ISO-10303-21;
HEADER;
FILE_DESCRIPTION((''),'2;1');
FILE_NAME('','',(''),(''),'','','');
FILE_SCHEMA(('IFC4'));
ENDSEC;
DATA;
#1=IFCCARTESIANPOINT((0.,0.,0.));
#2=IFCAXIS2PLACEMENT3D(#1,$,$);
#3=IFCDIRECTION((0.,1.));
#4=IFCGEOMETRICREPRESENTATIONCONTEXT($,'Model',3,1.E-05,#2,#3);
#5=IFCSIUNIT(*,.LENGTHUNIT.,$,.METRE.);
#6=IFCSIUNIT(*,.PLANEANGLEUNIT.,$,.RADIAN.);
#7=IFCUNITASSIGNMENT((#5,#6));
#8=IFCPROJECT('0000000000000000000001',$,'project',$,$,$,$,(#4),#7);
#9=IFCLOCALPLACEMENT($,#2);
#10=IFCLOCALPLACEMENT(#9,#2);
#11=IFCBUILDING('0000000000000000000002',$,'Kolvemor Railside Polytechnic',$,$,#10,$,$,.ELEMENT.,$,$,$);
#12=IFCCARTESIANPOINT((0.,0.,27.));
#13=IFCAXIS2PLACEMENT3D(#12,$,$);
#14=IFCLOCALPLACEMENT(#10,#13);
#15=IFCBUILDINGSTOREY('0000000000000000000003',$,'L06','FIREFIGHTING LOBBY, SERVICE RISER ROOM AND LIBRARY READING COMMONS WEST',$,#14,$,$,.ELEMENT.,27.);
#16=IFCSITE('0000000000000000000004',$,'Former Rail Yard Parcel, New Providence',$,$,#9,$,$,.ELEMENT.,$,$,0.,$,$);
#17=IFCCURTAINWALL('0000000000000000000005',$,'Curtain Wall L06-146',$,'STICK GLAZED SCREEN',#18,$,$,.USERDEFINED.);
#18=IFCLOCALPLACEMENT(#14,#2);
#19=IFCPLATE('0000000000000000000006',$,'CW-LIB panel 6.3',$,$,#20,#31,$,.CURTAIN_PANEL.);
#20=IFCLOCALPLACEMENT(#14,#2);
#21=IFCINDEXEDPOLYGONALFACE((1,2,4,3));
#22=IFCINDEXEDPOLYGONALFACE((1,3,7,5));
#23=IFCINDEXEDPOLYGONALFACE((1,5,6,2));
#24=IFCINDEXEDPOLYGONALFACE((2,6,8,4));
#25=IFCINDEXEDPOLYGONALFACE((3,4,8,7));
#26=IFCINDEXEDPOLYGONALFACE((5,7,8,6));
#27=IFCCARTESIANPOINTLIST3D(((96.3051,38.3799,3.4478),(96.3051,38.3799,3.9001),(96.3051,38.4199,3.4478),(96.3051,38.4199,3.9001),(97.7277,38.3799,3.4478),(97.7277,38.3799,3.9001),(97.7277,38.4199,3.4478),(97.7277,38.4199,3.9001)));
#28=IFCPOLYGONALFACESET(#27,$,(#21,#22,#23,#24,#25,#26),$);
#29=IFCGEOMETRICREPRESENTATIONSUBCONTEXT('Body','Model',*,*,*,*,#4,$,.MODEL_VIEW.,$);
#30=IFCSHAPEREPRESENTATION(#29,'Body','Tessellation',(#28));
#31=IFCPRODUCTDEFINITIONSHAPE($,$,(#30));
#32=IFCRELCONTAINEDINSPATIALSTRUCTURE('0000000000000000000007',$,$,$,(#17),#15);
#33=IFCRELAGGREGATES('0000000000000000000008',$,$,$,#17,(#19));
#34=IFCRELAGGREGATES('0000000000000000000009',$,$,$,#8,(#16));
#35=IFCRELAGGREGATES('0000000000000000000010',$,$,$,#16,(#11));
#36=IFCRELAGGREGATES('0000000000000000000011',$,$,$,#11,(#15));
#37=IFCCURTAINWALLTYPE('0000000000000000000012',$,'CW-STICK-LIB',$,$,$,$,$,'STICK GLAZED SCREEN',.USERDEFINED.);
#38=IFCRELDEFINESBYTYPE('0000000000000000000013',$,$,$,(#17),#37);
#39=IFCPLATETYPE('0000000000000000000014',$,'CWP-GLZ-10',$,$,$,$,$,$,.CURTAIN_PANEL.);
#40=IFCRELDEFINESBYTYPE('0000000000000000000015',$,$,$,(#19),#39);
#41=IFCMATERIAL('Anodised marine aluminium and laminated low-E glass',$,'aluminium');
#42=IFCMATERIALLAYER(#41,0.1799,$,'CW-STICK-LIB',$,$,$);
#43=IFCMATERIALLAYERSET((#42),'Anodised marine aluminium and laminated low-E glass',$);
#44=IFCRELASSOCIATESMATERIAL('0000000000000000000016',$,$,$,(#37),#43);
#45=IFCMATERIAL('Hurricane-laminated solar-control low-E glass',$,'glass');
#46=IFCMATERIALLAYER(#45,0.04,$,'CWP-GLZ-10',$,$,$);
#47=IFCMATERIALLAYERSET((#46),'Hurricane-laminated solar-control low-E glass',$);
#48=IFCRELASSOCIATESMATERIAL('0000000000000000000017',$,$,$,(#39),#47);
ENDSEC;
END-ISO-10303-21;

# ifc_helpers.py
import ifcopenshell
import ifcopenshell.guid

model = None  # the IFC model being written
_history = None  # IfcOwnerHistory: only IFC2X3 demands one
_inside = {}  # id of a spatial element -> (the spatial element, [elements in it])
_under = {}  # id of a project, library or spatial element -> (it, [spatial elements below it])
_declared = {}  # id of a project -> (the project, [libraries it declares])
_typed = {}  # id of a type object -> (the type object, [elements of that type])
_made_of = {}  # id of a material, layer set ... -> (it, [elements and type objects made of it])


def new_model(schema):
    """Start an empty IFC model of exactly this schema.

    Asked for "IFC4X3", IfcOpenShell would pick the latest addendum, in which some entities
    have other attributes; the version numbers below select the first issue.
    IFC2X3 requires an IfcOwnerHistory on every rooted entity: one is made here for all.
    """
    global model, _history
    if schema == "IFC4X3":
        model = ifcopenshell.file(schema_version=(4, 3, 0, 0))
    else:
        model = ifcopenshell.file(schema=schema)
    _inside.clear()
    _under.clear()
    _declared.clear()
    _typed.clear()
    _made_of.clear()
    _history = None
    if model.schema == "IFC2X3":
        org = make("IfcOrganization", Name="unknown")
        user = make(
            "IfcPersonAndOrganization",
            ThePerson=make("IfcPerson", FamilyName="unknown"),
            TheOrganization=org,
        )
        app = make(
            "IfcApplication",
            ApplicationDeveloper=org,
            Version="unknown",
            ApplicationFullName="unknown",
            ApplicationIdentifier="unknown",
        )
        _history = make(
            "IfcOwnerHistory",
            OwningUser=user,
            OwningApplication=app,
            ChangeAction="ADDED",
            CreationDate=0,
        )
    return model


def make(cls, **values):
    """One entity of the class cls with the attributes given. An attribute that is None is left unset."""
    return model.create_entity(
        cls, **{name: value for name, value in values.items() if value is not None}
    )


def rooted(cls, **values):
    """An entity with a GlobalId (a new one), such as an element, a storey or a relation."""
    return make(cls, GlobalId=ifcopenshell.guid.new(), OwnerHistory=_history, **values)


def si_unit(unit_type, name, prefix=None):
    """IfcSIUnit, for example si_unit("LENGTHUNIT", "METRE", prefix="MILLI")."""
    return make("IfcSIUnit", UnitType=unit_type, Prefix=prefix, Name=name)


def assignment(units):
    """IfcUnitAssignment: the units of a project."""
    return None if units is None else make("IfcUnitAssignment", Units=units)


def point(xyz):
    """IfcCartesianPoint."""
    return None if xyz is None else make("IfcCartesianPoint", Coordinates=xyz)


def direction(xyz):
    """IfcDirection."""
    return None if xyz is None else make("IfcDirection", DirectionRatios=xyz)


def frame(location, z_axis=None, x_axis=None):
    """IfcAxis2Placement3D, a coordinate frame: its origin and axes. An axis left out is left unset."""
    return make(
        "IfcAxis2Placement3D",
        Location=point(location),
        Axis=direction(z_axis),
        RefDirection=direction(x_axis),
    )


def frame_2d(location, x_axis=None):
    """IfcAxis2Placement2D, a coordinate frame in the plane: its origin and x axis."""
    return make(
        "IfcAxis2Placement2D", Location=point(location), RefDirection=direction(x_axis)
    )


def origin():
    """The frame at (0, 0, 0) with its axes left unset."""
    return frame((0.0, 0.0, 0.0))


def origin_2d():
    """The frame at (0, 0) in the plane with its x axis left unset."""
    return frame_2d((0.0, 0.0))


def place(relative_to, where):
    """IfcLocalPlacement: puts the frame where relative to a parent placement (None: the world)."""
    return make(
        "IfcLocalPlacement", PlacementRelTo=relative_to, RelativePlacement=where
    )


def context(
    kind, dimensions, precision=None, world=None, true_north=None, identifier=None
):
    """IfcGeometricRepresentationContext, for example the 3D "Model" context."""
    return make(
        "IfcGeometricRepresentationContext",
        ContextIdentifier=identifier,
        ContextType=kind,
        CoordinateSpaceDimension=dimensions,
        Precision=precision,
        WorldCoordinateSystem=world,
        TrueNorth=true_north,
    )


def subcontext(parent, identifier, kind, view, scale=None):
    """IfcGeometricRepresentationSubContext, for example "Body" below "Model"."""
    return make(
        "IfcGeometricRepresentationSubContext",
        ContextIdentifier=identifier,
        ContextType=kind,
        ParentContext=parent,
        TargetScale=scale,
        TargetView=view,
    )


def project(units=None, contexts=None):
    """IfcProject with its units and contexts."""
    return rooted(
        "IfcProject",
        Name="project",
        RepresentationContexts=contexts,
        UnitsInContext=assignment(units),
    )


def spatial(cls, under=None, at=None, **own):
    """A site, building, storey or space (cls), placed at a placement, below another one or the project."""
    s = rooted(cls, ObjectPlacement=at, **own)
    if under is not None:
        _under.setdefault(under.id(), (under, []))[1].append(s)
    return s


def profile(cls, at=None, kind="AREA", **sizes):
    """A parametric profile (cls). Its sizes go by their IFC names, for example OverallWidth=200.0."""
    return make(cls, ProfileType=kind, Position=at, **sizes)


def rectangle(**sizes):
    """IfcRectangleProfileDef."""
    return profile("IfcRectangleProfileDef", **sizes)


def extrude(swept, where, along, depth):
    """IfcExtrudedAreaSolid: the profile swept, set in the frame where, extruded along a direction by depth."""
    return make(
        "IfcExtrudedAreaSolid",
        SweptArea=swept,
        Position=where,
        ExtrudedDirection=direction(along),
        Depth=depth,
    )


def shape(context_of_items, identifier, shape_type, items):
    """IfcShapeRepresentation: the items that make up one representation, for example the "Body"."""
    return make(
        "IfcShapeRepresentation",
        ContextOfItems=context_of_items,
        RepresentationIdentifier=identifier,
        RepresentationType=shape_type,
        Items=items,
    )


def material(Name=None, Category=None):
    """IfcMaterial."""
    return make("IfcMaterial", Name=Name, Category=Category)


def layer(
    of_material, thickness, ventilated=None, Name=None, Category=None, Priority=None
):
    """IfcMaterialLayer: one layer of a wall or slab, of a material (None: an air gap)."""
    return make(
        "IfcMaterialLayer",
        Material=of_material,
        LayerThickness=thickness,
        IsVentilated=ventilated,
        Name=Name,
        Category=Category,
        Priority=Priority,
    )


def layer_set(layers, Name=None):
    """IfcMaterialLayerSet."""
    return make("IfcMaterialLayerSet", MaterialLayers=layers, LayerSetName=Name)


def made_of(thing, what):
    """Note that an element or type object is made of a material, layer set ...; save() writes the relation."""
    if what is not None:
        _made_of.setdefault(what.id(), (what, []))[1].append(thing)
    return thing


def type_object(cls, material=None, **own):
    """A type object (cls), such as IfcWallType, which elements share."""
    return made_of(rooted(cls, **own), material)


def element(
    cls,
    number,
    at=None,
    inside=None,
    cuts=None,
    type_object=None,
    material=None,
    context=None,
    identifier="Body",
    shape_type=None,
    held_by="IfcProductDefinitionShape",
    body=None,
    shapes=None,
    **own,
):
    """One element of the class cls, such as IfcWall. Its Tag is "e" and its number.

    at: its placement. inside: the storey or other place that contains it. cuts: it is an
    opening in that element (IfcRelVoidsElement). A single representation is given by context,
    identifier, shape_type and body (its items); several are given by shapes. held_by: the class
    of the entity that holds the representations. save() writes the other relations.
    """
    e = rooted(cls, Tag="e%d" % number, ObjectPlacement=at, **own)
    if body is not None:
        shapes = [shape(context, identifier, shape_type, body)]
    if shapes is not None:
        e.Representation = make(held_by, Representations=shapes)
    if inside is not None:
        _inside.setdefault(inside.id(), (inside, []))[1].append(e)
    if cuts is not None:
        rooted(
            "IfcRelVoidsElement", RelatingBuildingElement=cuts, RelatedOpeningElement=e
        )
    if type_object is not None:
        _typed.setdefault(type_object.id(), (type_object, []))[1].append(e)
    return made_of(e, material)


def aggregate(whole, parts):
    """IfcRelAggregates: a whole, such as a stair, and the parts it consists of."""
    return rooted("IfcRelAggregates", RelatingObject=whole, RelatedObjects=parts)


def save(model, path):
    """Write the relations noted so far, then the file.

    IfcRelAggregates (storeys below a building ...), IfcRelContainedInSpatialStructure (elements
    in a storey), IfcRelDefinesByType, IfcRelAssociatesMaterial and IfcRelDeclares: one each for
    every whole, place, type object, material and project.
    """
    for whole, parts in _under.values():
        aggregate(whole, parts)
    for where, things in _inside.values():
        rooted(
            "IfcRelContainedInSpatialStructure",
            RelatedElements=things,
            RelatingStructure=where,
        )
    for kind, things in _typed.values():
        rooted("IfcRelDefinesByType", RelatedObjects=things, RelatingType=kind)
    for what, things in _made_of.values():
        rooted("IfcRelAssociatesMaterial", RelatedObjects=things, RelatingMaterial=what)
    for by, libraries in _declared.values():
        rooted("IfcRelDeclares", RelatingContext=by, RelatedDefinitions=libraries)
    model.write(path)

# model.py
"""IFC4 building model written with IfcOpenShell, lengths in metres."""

from ifc_helpers import new_model, si_unit, direction, frame, origin, origin_2d, place, context, subcontext, project, spatial, rectangle, extrude, material, layer, layer_set, type_object, element, aggregate, save


model = new_model("IFC4")

# Units and contexts
model_context = context("Model", 3, precision=1e-05, world=origin(), true_north=direction((0.0, 1.0)))
body_context = subcontext(model_context, "Body", "Model", "MODEL_VIEW")
ifc_project = project(units=[si_unit("LENGTHUNIT", "METRE"), si_unit("PLANEANGLEUNIT", "RADIAN")], contexts=[model_context])

# Site, building, storey
site_placement = place(None, origin())
site = spatial("IfcSite", under=ifc_project, at=site_placement, Name="Former Rail Yard Parcel, New Providence", CompositionType="ELEMENT", RefElevation=0.0)
building_placement = place(site_placement, origin())
building = spatial("IfcBuilding", under=site, at=building_placement, Name="Kolvemor Railside Polytechnic", CompositionType="ELEMENT")
storey_placement = place(building_placement, frame((0.0, 0.0, 27.0)))
storey = spatial("IfcBuildingStorey", under=building, at=storey_placement, Name="L06", Description="FIREFIGHTING LOBBY, SERVICE RISER ROOM AND LIBRARY READING COMMONS WEST", CompositionType="ELEMENT", Elevation=27.0)

# Curtain wall
ifc_material_1 = material(Name="Anodised marine aluminium and laminated low-E glass", Category="aluminium")
ifc_layer_1 = layer(ifc_material_1, 0.1799, Name="CW-STICK-LIB")
ifc_layer_set_1 = layer_set([ifc_layer_1], Name="Anodised marine aluminium and laminated low-E glass")
curtain_wall_type = type_object("IfcCurtainWallType", Name="CW-STICK-LIB", ElementType="STICK GLAZED SCREEN", PredefinedType="USERDEFINED", material=ifc_layer_set_1)
curtain_wall_placement = place(storey_placement, origin())
curtain_wall = element("IfcCurtainWall", 1, at=curtain_wall_placement, inside=storey, type_object=curtain_wall_type, Name="Curtain Wall L06-146", ObjectType="STICK GLAZED SCREEN", PredefinedType="USERDEFINED")

# Plate
ifc_material_2 = material(Name="Hurricane-laminated solar-control low-E glass", Category="glass")
ifc_layer_2 = layer(ifc_material_2, 0.04, Name="CWP-GLZ-10")
ifc_layer_set_2 = layer_set([ifc_layer_2], Name="Hurricane-laminated solar-control low-E glass")
plate_type = type_object("IfcPlateType", Name="CWP-GLZ-10", PredefinedType="CURTAIN_PANEL", material=ifc_layer_set_2)
plate_1_placement = place(storey_placement, frame((97.0164, 38.3999, 3.4478), z_axis=(0.0, 0.0, 1.0), x_axis=(-1.0, 0.0, 0.0)))
plate_1 = element("IfcPlate", 2, at=plate_1_placement, type_object=plate_type, Name="CW-LIB panel 6.3", PredefinedType="CURTAIN_PANEL", context=body_context, shape_type="SweptSolid", body=[
    extrude(rectangle(XDim=1.4226, YDim=0.04, at=origin_2d()), origin(), (0.0, 0.0, 1.0), 0.4524),
])
aggregate(curtain_wall, [plate_1])

save(model, "model.ifc")
